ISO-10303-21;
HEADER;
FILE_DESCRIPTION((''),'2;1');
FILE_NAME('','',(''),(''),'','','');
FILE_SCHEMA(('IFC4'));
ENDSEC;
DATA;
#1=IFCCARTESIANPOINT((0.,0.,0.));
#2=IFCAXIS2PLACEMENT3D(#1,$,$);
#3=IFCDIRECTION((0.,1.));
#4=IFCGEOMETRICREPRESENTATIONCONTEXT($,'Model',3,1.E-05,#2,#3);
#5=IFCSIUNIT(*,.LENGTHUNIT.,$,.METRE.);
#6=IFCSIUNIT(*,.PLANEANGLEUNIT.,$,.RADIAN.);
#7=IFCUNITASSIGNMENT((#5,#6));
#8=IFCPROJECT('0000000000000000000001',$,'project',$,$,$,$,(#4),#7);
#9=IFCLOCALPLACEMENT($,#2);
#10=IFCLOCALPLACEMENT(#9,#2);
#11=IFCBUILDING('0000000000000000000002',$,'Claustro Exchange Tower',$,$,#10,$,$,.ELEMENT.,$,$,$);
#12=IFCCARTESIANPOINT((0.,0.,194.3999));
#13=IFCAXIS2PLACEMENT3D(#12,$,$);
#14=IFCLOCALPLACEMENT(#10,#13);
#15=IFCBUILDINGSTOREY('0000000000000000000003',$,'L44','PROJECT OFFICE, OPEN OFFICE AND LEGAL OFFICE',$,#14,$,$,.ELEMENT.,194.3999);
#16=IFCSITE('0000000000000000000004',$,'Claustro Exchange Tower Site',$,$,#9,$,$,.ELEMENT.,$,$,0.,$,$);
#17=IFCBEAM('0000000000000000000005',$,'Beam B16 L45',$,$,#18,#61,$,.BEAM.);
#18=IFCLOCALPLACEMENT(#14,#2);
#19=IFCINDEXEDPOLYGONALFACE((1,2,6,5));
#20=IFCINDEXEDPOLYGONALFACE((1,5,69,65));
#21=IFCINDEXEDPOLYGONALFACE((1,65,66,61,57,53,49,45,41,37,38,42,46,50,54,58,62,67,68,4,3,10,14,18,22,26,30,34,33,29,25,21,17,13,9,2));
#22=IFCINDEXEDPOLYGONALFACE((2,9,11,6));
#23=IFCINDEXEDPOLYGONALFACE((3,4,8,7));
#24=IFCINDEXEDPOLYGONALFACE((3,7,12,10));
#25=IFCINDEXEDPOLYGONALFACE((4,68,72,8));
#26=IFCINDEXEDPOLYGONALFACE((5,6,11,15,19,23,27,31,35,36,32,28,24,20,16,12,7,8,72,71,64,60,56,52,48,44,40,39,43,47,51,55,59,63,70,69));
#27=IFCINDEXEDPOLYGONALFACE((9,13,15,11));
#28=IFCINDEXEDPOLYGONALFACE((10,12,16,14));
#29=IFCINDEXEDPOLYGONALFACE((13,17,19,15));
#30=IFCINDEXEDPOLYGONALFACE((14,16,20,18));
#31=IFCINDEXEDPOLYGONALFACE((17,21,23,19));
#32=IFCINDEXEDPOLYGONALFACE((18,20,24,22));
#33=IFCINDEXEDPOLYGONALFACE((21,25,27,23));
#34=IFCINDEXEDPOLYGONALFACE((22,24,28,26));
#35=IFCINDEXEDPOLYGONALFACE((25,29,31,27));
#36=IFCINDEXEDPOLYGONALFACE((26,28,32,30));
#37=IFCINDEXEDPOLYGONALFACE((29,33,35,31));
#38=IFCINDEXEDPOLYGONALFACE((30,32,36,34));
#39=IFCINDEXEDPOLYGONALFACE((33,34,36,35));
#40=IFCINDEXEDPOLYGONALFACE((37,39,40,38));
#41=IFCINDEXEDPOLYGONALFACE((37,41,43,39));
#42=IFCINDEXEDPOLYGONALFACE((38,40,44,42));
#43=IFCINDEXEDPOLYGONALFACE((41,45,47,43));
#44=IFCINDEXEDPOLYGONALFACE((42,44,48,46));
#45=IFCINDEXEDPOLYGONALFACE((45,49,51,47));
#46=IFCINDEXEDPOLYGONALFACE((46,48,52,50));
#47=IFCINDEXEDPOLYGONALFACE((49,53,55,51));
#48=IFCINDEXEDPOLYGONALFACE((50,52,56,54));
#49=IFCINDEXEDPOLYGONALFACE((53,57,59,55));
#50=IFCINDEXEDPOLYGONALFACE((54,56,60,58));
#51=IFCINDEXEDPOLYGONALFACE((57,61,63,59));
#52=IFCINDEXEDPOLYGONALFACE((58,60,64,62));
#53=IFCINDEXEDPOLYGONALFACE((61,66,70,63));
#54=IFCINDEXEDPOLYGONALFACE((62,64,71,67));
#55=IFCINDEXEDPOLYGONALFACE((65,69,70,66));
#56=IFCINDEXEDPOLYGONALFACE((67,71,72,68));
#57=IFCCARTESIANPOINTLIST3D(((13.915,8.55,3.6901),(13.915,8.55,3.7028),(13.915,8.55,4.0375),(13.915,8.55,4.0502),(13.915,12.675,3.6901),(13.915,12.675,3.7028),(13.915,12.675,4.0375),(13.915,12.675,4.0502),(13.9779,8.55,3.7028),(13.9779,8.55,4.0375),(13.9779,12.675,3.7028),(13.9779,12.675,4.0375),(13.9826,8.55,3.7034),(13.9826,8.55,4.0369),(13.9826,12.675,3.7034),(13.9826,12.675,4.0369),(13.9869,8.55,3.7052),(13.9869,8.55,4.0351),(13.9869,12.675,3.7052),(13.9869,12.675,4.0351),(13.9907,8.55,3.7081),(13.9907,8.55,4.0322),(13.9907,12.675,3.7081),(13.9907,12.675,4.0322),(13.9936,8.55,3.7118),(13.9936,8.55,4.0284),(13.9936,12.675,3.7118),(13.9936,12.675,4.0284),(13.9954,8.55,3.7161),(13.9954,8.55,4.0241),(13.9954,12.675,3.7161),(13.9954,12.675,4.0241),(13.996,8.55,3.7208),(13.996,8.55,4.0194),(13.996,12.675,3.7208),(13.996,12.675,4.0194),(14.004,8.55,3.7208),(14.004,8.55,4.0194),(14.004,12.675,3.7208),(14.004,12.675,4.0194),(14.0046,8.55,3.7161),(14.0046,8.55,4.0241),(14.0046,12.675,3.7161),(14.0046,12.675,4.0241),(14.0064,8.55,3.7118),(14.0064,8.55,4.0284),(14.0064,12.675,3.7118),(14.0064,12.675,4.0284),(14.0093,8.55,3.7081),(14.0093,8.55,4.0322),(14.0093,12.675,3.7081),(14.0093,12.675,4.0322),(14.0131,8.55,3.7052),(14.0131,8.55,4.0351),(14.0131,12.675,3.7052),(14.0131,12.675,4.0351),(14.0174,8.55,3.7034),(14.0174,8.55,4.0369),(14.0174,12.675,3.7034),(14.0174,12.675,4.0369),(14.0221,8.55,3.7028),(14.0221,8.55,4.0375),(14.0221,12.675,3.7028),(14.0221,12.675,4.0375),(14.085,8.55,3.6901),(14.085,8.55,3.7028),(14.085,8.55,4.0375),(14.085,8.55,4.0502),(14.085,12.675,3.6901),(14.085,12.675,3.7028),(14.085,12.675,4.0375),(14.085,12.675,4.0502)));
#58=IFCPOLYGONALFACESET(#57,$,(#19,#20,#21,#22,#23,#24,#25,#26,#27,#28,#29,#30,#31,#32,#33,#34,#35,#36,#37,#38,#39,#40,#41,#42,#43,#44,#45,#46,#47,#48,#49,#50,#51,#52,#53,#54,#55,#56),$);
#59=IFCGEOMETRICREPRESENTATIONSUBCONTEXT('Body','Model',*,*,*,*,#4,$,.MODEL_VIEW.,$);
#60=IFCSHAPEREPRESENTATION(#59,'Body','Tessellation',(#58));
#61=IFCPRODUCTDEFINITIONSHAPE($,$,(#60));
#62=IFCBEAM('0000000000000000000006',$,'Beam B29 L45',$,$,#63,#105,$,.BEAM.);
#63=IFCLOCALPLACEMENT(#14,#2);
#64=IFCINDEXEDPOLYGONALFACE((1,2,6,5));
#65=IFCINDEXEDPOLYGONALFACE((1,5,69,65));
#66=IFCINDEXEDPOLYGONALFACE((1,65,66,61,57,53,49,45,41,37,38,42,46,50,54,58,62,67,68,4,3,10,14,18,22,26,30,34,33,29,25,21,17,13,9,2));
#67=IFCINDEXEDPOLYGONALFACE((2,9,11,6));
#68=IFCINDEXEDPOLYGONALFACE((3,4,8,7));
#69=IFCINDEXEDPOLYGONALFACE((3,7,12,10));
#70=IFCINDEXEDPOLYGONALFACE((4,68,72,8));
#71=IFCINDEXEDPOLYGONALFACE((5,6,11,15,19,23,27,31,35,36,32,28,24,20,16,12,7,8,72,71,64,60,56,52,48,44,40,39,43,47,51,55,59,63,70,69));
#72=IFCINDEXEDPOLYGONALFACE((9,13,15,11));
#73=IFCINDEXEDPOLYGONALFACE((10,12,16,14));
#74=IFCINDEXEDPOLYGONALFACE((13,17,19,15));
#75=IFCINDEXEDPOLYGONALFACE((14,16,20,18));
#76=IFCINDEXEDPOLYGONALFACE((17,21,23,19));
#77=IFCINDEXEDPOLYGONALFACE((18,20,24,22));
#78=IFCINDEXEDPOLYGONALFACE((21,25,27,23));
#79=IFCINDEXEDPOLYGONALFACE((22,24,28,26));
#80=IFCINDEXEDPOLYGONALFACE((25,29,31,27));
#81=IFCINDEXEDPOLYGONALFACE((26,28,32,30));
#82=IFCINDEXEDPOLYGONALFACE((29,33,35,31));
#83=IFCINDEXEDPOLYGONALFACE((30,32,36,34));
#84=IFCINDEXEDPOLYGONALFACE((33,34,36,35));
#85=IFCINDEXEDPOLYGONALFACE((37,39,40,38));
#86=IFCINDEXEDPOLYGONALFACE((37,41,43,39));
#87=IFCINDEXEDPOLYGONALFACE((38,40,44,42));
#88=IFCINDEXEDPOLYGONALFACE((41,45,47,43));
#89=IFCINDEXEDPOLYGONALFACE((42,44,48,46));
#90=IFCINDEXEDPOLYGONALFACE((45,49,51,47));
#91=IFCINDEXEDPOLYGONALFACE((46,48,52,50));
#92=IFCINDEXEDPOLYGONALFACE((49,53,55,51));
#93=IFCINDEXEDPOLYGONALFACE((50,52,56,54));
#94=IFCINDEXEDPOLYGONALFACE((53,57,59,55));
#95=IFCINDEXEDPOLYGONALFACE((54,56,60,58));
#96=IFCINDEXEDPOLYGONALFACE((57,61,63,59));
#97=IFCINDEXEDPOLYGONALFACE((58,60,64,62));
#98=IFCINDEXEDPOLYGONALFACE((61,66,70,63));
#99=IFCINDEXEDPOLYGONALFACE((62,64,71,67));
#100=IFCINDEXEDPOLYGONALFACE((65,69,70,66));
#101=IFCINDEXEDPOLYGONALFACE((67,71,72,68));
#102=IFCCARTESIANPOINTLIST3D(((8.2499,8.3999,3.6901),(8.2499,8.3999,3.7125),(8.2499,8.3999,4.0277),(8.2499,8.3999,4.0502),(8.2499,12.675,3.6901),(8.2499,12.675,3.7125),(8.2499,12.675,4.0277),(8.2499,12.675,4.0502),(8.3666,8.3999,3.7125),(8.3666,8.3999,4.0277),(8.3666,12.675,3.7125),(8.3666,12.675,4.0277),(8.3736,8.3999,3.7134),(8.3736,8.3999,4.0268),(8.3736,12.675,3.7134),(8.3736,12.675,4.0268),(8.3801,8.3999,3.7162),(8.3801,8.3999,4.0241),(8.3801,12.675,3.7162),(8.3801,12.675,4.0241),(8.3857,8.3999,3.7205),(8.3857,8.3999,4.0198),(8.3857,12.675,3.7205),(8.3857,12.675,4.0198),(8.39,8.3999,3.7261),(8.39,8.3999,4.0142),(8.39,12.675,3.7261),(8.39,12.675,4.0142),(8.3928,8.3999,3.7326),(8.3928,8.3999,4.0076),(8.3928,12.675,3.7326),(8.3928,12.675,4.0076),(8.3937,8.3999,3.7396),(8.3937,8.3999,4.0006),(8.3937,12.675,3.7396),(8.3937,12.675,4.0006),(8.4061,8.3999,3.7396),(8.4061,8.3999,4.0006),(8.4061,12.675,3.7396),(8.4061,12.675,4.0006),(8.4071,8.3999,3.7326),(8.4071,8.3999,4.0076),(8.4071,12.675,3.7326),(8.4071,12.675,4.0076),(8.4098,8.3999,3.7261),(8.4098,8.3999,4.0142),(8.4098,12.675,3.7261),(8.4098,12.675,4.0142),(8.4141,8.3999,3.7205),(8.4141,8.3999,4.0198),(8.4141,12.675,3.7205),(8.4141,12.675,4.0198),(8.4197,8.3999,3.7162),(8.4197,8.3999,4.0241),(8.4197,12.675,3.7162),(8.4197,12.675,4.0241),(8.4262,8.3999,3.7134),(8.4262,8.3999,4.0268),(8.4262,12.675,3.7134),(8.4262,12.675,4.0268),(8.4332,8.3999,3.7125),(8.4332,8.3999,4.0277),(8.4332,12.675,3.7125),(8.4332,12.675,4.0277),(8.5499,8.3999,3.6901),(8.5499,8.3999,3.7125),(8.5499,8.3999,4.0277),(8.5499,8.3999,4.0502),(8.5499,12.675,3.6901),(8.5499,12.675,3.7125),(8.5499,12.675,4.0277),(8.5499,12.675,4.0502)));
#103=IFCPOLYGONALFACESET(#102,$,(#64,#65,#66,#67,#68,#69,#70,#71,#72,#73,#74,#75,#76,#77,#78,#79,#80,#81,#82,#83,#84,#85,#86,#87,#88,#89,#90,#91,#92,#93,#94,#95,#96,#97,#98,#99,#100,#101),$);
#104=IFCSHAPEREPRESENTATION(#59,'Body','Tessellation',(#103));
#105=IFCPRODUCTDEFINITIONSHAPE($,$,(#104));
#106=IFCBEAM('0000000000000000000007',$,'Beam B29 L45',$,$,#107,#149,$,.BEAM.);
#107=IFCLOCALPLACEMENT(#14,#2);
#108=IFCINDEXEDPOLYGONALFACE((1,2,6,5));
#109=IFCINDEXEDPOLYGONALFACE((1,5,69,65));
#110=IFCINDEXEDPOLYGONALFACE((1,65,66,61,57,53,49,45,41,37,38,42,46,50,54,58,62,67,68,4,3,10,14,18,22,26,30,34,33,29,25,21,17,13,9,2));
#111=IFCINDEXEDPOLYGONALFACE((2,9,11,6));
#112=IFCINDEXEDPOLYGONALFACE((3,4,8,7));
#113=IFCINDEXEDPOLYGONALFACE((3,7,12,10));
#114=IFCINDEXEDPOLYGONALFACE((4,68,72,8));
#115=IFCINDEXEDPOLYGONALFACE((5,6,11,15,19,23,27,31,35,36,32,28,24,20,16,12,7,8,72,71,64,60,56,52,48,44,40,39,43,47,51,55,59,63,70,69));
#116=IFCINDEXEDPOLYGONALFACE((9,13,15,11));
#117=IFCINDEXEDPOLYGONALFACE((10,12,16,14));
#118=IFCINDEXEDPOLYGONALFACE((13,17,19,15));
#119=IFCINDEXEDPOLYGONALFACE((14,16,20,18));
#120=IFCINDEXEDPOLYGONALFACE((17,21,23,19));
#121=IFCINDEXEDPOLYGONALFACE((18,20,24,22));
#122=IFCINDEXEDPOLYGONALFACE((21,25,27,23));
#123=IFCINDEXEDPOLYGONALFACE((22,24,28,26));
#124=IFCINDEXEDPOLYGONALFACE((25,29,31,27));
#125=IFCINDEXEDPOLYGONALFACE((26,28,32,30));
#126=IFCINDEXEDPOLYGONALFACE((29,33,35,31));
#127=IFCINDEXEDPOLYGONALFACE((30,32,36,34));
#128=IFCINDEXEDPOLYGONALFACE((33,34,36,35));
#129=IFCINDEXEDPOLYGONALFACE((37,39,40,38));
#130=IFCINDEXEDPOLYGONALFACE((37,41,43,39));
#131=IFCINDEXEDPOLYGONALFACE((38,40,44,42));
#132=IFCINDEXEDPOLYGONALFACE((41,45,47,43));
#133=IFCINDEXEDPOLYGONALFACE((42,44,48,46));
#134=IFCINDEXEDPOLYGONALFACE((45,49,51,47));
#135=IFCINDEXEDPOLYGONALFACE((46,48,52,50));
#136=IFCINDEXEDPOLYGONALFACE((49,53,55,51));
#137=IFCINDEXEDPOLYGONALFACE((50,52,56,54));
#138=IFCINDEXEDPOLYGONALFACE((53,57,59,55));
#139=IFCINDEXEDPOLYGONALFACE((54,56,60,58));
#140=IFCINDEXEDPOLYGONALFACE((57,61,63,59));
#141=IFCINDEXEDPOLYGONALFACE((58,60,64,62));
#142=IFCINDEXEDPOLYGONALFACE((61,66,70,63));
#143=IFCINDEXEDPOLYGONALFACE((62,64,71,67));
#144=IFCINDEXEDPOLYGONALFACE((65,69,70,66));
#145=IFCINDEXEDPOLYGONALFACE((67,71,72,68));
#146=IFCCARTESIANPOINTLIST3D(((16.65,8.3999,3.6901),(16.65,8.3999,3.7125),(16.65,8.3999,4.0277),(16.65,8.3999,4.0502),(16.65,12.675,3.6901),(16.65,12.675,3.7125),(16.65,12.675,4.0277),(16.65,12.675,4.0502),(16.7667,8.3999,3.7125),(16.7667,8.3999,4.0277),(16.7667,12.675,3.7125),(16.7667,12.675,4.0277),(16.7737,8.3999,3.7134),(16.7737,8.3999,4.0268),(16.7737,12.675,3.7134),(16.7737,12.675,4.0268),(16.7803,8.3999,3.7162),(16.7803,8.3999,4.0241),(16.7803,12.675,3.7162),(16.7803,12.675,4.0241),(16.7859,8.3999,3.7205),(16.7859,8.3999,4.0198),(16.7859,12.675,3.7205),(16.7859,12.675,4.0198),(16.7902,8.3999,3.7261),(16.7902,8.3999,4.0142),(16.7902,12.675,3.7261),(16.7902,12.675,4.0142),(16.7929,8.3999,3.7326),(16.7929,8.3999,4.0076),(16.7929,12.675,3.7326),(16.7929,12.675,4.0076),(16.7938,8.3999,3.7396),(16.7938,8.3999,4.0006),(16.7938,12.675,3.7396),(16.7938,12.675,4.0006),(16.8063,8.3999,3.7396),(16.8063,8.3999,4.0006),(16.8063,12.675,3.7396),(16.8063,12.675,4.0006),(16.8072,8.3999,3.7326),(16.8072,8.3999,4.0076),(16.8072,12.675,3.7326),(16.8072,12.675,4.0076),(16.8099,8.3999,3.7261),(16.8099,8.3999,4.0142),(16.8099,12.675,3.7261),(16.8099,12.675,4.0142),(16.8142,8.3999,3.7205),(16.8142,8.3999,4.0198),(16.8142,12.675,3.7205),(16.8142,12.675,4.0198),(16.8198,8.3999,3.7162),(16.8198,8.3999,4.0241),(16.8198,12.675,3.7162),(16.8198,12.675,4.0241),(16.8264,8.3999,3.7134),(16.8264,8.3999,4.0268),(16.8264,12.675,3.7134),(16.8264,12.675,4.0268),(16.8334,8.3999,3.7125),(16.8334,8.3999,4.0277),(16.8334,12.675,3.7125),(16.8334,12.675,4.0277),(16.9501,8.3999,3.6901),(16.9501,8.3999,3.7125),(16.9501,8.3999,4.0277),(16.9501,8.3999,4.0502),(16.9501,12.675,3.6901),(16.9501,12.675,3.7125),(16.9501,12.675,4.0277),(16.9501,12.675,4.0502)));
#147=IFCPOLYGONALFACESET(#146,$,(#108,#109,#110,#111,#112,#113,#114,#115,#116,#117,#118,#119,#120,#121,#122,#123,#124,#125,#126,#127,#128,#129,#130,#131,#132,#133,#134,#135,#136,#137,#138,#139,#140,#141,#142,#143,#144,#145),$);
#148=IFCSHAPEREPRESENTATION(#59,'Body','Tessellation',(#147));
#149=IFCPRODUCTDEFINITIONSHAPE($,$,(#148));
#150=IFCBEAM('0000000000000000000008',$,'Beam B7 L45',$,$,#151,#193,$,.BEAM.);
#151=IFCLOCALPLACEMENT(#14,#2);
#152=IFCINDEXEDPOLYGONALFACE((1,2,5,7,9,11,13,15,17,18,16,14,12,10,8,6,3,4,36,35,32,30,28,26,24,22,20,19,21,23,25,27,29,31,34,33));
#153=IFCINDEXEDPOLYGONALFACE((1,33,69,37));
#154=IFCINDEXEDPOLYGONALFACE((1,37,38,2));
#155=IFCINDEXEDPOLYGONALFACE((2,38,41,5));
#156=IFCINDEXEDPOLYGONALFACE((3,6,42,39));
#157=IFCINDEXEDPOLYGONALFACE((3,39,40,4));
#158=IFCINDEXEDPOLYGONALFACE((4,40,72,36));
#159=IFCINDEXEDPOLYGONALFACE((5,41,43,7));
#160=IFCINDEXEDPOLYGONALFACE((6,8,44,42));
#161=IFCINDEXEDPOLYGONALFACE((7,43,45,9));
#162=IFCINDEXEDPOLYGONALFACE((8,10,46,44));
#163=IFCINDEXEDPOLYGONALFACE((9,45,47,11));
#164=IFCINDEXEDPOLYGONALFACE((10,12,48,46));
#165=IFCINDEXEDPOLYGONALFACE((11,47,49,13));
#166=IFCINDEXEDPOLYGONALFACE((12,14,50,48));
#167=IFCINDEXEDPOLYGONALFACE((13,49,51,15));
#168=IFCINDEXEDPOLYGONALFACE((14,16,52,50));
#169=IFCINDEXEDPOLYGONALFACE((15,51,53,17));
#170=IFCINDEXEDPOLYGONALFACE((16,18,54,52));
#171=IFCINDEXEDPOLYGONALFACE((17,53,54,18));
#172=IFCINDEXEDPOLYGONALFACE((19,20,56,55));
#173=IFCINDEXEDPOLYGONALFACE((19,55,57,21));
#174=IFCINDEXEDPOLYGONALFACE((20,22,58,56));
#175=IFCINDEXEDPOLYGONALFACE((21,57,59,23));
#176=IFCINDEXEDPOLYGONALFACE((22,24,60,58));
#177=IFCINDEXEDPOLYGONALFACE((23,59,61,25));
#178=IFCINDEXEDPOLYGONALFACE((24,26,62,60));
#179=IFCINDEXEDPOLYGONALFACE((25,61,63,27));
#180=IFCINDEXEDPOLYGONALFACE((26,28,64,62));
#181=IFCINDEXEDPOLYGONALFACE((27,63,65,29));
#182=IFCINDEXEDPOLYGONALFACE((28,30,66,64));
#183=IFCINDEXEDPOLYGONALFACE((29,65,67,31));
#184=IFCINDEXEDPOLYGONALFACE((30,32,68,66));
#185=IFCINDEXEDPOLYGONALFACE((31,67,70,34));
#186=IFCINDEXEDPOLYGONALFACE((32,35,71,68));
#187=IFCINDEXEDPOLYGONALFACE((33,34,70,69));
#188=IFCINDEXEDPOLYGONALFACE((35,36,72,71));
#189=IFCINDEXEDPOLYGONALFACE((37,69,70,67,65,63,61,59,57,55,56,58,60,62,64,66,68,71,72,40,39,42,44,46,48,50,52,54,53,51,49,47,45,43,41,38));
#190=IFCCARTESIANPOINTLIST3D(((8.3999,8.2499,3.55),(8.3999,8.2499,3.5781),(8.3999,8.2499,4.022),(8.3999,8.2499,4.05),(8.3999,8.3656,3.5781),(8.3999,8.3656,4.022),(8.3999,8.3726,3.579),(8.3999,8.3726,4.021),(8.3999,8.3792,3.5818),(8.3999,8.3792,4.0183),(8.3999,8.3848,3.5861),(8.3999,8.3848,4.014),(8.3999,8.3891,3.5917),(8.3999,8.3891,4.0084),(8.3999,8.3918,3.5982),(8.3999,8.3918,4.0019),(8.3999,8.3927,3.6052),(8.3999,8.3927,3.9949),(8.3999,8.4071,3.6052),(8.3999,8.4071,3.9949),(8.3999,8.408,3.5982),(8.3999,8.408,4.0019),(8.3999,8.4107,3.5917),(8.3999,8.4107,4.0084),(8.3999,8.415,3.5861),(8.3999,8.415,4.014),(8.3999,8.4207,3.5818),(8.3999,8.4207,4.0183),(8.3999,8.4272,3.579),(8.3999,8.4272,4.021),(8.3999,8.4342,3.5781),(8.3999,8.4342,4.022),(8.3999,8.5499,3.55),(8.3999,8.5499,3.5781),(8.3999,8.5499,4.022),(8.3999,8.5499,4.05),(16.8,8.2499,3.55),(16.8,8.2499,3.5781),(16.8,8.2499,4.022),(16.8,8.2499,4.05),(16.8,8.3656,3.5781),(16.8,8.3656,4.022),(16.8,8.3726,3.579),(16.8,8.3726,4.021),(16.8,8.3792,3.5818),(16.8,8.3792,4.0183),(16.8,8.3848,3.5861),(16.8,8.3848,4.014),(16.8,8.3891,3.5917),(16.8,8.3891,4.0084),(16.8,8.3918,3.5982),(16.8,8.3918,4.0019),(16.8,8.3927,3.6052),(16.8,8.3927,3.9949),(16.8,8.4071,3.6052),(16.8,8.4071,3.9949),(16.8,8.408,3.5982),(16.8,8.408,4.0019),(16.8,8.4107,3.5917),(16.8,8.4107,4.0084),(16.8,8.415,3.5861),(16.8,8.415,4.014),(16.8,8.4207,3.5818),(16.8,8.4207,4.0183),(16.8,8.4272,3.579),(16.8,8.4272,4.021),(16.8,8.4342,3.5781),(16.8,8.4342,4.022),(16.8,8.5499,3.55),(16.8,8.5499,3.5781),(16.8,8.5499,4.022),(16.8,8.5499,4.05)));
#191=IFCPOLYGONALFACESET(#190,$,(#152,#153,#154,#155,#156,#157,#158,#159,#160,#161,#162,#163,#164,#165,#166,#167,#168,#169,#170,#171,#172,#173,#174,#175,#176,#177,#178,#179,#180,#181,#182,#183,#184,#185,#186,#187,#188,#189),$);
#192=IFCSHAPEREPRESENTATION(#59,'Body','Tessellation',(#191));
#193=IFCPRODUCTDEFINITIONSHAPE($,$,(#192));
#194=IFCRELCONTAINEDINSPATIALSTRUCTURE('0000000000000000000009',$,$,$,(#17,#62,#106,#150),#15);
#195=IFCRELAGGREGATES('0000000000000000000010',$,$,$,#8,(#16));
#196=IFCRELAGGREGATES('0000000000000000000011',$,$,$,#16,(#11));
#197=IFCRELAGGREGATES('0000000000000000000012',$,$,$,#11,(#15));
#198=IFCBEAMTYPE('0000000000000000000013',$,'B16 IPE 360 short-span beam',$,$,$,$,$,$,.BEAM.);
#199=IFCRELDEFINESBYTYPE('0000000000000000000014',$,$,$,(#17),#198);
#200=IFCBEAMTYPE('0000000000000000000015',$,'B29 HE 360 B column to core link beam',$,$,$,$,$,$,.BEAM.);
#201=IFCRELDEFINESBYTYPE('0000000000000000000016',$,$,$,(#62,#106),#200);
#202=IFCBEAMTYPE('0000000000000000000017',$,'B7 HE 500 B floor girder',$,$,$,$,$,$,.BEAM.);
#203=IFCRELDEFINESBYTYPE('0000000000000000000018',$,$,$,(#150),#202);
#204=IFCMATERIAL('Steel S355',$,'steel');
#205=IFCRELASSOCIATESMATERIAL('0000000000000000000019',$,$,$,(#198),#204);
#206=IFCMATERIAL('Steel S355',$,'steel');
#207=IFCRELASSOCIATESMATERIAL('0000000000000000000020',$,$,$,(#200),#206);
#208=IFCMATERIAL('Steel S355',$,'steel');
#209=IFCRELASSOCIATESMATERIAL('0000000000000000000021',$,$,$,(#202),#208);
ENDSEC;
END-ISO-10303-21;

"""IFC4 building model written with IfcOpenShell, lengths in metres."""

from ifc_helpers import new_model, si_unit, direction, frame, origin, origin_2d, place, context, subcontext, project, spatial, i_section, extrude, material, material_profile, profile_set, type_object, element, save


model = new_model("IFC4")

# Units and contexts
model_context = context("Model", 3, precision=1e-05, world=origin(), true_north=direction((0.0, 1.0)))
body_context = subcontext(model_context, "Body", "Model", "MODEL_VIEW")
ifc_project = project(units=[si_unit("LENGTHUNIT", "METRE"), si_unit("PLANEANGLEUNIT", "RADIAN")], contexts=[model_context])

# Site, building, storey
site_placement = place(None, origin())
site = spatial("IfcSite", under=ifc_project, at=site_placement, Name="Claustro Exchange Tower Site", CompositionType="ELEMENT", RefElevation=0.0)
building_placement = place(site_placement, origin())
building = spatial("IfcBuilding", under=site, at=building_placement, Name="Claustro Exchange Tower", CompositionType="ELEMENT")
storey_placement = place(building_placement, frame((0.0, 0.0, 194.3999)))
storey = spatial("IfcBuildingStorey", under=building, at=storey_placement, Name="L44", Description="PROJECT OFFICE, OPEN OFFICE AND LEGAL OFFICE", CompositionType="ELEMENT", Elevation=194.3999)

# Beams
ifc_material_1 = material(Name="Steel S355", Category="steel")
ifc_material_profile_1 = material_profile(ifc_material_1, i_section(OverallWidth=0.1699, OverallDepth=0.3601, WebThickness=0.0081, FlangeThickness=0.0127, FilletRadius=0.0181, at=origin_2d()), Name="IPE 360")
ifc_profile_set_1 = profile_set([ifc_material_profile_1], Name="Steel S355")
beam_type_1 = type_object("IfcBeamType", Name="B16 IPE 360 short-span beam", PredefinedType="BEAM", material=ifc_profile_set_1)
for number, where, z_axis, x_axis, name in (
    (1, (14.0, 8.55, 3.8701), (0.0, 1.0, 0.0), (-1.0, 0.0, 0.0), "Beam B16 L45"),
):
    element("IfcBeam", number, at=place(storey_placement, frame(where, z_axis=z_axis, x_axis=x_axis)), inside=storey, type_object=beam_type_1, Name=name, PredefinedType="BEAM", context=body_context, shape_type="SweptSolid", body=[
        extrude(i_section(OverallWidth=0.1699, OverallDepth=0.3601, WebThickness=0.0081, FlangeThickness=0.0127, FilletRadius=0.0181, at=origin_2d()), origin(), (0.0, 0.0, 1.0), 4.125),
    ])
ifc_material_2 = material(Name="Steel S355", Category="steel")
ifc_material_profile_2 = material_profile(ifc_material_2, i_section(OverallWidth=0.3, OverallDepth=0.3601, WebThickness=0.0125, FlangeThickness=0.0225, FilletRadius=0.0271, at=origin_2d()), Name="HE 360 B")
ifc_profile_set_2 = profile_set([ifc_material_profile_2], Name="Steel S355")
beam_type_2 = type_object("IfcBeamType", Name="B29 HE 360 B column to core link beam", PredefinedType="BEAM", material=ifc_profile_set_2)
for number, where, z_axis, x_axis, name in (
    (2, (8.3999, 8.3999, 3.8701), (0.0, 1.0, 0.0), (-1.0, 0.0, 0.0), "Beam B29 L45"),
    (3, (16.8, 8.3999, 3.8701), (0.0, 1.0, 0.0), (-1.0, 0.0, 0.0), "Beam B29 L45"),
):
    element("IfcBeam", number, at=place(storey_placement, frame(where, z_axis=z_axis, x_axis=x_axis)), inside=storey, type_object=beam_type_2, Name=name, PredefinedType="BEAM", context=body_context, shape_type="SweptSolid", body=[
        extrude(i_section(OverallWidth=0.3, OverallDepth=0.3601, WebThickness=0.0125, FlangeThickness=0.0225, FilletRadius=0.0271, at=origin_2d()), origin(), (0.0, 0.0, 1.0), 4.2751),
    ])
ifc_material_3 = material(Name="Steel S355", Category="steel")
ifc_material_profile_3 = material_profile(ifc_material_3, i_section(OverallWidth=0.3, OverallDepth=0.5, WebThickness=0.0144, FlangeThickness=0.0281, FilletRadius=0.0271, at=origin_2d()), Name="HE 500 B")
ifc_profile_set_3 = profile_set([ifc_material_profile_3], Name="Steel S355")
beam_type_3 = type_object("IfcBeamType", Name="B7 HE 500 B floor girder", PredefinedType="BEAM", material=ifc_profile_set_3)
beam_1_placement = place(storey_placement, frame((8.3999, 8.3999, 3.8), z_axis=(1.0, 0.0, 0.0), x_axis=(0.0, 1.0, 0.0)))
element("IfcBeam", 4, at=beam_1_placement, inside=storey, type_object=beam_type_3, Name="Beam B7 L45", PredefinedType="BEAM", context=body_context, shape_type="SweptSolid", body=[
    extrude(i_section(OverallWidth=0.3, OverallDepth=0.5, WebThickness=0.0144, FlangeThickness=0.0281, FilletRadius=0.0271, at=origin_2d()), origin(), (0.0, 0.0, 1.0), 8.4001),
])

save(model, "model.ifc")
